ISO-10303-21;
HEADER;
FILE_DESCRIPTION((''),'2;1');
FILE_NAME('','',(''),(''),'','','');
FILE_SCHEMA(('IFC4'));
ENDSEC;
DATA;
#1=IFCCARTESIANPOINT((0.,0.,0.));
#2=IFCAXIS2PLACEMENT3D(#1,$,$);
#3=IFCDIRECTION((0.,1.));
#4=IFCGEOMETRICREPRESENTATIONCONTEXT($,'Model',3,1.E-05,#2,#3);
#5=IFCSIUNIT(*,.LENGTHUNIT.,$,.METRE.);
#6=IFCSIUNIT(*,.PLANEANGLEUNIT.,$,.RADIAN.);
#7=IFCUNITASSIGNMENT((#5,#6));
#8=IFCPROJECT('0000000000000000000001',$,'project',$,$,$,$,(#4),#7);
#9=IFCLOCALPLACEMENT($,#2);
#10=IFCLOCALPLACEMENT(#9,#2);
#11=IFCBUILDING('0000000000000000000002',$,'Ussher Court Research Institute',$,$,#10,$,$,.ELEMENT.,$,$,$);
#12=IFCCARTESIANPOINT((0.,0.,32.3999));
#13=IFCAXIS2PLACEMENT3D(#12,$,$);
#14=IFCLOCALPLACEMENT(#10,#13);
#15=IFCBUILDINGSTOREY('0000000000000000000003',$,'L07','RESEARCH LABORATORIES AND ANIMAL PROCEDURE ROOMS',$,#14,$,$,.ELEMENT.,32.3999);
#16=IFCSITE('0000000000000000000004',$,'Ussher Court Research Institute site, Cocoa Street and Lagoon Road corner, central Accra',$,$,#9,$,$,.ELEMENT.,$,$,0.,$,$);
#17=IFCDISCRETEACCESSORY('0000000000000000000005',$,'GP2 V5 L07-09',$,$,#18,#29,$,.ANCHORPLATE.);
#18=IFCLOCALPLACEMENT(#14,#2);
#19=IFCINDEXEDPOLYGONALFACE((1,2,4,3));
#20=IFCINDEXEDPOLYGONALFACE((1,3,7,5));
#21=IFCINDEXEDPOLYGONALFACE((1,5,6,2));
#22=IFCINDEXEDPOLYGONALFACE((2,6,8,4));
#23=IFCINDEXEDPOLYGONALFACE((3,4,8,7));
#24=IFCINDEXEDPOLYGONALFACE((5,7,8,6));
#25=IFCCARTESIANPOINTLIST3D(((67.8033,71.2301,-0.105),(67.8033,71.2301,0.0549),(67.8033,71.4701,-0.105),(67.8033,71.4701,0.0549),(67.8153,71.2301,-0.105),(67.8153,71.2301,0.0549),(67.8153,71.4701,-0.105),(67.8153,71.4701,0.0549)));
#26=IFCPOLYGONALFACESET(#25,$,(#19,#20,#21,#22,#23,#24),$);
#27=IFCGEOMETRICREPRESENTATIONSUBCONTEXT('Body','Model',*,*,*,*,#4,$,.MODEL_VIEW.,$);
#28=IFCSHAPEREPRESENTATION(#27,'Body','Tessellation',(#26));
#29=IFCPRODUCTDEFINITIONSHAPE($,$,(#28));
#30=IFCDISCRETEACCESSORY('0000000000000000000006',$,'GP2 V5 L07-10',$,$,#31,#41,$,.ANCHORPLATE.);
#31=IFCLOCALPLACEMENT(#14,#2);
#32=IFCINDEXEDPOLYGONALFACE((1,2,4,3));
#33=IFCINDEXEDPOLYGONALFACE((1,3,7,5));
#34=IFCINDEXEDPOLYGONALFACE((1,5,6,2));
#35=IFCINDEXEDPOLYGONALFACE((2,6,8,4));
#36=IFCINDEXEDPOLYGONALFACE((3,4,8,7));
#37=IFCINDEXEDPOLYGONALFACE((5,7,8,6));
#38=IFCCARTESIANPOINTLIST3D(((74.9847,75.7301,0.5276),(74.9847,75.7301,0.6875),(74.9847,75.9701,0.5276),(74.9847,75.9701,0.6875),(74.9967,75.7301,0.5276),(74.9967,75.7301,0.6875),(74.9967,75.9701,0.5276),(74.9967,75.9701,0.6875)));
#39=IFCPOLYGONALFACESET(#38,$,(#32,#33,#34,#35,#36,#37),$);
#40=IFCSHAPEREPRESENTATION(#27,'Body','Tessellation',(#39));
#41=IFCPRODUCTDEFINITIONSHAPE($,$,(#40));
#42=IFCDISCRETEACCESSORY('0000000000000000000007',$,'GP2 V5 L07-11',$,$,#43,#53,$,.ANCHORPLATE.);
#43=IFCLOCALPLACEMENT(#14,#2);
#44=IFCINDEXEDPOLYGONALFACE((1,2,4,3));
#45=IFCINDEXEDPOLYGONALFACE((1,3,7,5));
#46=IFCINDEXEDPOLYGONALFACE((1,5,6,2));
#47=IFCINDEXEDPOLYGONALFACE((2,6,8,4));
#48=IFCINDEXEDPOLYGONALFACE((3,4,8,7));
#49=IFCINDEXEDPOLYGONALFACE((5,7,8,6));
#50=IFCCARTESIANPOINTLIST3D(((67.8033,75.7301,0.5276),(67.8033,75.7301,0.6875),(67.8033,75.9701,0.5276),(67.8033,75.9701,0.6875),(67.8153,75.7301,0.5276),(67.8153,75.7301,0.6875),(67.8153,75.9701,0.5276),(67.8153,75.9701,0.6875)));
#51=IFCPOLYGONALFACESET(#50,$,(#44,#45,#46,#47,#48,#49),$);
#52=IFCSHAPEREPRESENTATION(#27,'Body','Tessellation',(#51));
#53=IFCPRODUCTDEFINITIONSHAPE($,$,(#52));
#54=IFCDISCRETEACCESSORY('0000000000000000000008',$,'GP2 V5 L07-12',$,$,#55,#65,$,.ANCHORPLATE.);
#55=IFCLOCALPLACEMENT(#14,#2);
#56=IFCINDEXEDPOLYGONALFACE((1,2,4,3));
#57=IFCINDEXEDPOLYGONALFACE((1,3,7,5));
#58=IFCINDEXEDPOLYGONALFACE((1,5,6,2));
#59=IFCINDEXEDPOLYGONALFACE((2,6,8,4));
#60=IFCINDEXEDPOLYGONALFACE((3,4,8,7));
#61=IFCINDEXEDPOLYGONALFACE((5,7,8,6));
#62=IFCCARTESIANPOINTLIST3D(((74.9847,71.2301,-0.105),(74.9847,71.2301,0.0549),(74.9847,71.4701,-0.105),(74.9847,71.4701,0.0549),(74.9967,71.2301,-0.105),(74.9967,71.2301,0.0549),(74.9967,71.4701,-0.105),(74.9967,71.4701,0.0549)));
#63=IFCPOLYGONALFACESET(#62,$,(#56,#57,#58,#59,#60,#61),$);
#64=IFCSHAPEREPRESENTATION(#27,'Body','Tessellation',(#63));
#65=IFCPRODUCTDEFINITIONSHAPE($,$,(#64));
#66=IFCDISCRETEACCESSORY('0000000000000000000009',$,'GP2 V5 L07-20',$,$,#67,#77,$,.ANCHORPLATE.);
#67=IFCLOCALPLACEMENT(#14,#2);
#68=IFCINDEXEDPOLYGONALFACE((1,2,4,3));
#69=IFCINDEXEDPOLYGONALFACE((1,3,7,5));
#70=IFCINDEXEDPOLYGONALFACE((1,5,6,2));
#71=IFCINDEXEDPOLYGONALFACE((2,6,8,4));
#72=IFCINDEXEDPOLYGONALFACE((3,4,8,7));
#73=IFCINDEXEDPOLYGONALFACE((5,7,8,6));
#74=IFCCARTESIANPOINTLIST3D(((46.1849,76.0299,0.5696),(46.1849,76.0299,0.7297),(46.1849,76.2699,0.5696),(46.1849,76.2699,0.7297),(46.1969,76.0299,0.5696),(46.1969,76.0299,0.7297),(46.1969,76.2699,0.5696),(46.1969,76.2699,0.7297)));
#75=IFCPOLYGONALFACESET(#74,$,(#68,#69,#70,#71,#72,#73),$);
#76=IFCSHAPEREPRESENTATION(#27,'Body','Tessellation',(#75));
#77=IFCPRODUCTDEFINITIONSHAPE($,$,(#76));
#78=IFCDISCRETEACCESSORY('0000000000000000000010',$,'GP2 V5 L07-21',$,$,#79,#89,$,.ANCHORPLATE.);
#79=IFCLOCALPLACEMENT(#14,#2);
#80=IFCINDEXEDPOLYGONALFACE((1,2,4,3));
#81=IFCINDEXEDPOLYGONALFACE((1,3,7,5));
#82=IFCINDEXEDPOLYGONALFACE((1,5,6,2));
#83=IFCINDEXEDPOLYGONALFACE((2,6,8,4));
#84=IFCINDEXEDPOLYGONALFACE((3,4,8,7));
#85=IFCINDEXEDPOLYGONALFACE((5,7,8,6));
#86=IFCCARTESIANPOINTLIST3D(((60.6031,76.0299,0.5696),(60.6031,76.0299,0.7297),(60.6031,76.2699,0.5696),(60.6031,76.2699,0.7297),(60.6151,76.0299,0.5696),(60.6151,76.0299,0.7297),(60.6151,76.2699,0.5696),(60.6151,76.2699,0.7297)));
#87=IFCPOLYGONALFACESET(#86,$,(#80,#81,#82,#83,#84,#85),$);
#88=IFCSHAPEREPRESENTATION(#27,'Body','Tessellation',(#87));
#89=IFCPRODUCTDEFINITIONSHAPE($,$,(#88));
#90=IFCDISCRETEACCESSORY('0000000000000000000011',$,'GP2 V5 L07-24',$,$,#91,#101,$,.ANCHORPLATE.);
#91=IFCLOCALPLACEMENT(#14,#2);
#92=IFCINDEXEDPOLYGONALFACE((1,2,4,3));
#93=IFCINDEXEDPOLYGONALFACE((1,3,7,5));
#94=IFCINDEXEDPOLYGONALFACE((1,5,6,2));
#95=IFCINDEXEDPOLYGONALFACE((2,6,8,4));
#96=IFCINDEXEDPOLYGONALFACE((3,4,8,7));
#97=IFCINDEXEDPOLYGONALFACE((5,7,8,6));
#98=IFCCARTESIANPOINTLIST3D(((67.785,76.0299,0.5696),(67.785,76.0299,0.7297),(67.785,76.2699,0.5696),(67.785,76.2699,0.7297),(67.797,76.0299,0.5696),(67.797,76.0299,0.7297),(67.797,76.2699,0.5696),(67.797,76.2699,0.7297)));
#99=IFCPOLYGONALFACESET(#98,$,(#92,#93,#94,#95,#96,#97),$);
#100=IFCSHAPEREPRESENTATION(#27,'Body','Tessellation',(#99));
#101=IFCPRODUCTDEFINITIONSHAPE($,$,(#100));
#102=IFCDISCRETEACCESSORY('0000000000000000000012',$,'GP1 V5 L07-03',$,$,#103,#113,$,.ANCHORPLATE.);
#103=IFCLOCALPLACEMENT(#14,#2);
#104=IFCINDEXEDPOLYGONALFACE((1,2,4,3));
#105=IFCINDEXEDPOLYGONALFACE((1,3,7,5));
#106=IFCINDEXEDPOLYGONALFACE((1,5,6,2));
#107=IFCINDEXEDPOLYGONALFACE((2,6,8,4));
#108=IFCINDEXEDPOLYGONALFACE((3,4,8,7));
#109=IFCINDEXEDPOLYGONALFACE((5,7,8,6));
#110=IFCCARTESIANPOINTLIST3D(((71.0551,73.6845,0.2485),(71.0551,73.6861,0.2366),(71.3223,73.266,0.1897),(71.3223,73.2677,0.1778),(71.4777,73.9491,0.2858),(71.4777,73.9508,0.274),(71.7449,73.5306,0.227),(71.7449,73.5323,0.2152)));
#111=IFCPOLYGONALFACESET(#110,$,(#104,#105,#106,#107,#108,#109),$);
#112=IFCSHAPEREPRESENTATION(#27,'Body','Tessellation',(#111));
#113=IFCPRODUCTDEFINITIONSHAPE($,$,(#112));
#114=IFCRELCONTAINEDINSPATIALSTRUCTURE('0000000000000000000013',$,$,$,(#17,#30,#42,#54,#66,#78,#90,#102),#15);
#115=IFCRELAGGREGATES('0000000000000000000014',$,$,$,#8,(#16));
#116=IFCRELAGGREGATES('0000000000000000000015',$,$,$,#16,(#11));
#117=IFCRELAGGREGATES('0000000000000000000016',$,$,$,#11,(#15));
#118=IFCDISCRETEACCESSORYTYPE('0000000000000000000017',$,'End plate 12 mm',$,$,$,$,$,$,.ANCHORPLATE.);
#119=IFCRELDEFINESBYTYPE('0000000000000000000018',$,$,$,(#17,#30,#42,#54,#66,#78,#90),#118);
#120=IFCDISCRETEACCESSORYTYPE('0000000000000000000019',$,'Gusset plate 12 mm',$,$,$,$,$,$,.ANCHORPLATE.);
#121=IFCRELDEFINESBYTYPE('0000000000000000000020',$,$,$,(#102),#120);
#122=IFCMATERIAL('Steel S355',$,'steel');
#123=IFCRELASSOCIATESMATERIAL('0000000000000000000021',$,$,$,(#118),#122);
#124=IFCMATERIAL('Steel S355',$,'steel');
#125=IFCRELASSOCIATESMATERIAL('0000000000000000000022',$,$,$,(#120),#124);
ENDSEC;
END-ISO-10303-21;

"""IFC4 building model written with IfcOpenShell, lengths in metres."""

from ifc_helpers import new_model, si_unit, direction, frame, origin, origin_2d, place, context, subcontext, project, spatial, rectangle, extrude, material, material_profile, profile_set, type_object, element, save


model = new_model("IFC4")

# Units and contexts
model_context = context("Model", 3, precision=1e-05, world=origin(), true_north=direction((0.0, 1.0)))
body_context = subcontext(model_context, "Body", "Model", "MODEL_VIEW")
ifc_project = project(units=[si_unit("LENGTHUNIT", "METRE"), si_unit("PLANEANGLEUNIT", "RADIAN")], contexts=[model_context])

# Site, building, storey
site_placement = place(None, origin())
site = spatial("IfcSite", under=ifc_project, at=site_placement, Name="Ussher Court Research Institute site, Cocoa Street and Lagoon Road corner, central Accra", CompositionType="ELEMENT", RefElevation=0.0)
building_placement = place(site_placement, origin())
building = spatial("IfcBuilding", under=site, at=building_placement, Name="Ussher Court Research Institute", CompositionType="ELEMENT")
storey_placement = place(building_placement, frame((0.0, 0.0, 32.3999)))
storey = spatial("IfcBuildingStorey", under=building, at=storey_placement, Name="L07", Description="RESEARCH LABORATORIES AND ANIMAL PROCEDURE ROOMS", CompositionType="ELEMENT", Elevation=32.3999)

# Discrete accessories
ifc_material_1 = material(Name="Steel S355", Category="steel")
ifc_material_profile_1 = material_profile(ifc_material_1, rectangle(XDim=0.012, YDim=0.24, at=origin_2d()), Name="PL 12x240")
ifc_profile_set_1 = profile_set([ifc_material_profile_1], Name="Steel S355")
discrete_accessory_type_1 = type_object("IfcDiscreteAccessoryType", Name="End plate 12 mm", PredefinedType="ANCHORPLATE", material=ifc_profile_set_1)
for number, where, z_axis, x_axis, name in (
    (1, (67.8093, 71.3501, -0.105), (0.0, 0.0, 1.0), (1.0, 0.0, 0.0), "GP2 V5 L07-09"),
    (2, (74.9907, 75.8501, 0.5276), (0.0, 0.0, 1.0), (1.0, 0.0, 0.0), "GP2 V5 L07-10"),
    (3, (67.8093, 75.8501, 0.5276), (0.0, 0.0, 1.0), (1.0, 0.0, 0.0), "GP2 V5 L07-11"),
    (4, (74.9907, 71.3501, -0.105), (0.0, 0.0, 1.0), (1.0, 0.0, 0.0), "GP2 V5 L07-12"),
):
    element("IfcDiscreteAccessory", number, at=place(storey_placement, frame(where, z_axis=z_axis, x_axis=x_axis)), inside=storey, type_object=discrete_accessory_type_1, Name=name, PredefinedType="ANCHORPLATE", context=body_context, shape_type="SweptSolid", body=[
        extrude(rectangle(XDim=0.012, YDim=0.24, at=origin_2d()), origin(), (0.0, 0.0, 1.0), 0.1599),
    ])
for number, where, z_axis, x_axis, name in (
    (5, (46.1909, 76.1499, 0.5696), (0.0, 0.0, 1.0), (1.0, 0.0, 0.0), "GP2 V5 L07-20"),
    (6, (60.6091, 76.1499, 0.5696), (0.0, 0.0, 1.0), (1.0, 0.0, 0.0), "GP2 V5 L07-21"),
    (7, (67.791, 76.1499, 0.5696), (0.0, 0.0, 1.0), (1.0, 0.0, 0.0), "GP2 V5 L07-24"),
):
    element("IfcDiscreteAccessory", number, at=place(storey_placement, frame(where, z_axis=z_axis, x_axis=x_axis)), inside=storey, type_object=discrete_accessory_type_1, Name=name, PredefinedType="ANCHORPLATE", context=body_context, shape_type="SweptSolid", body=[
        extrude(rectangle(XDim=0.012, YDim=0.24, at=origin_2d()), origin(), (0.0, 0.0, 1.0), 0.1602),
    ])
ifc_material_2 = material(Name="Steel S355", Category="steel")
ifc_material_profile_2 = material_profile(ifc_material_2, rectangle(XDim=0.5, YDim=0.012, at=origin_2d()), Name="PL 500x12")
ifc_profile_set_2 = profile_set([ifc_material_profile_2], Name="Steel S355")
discrete_accessory_type_2 = type_object("IfcDiscreteAccessoryType", Name="Gusset plate 12 mm", PredefinedType="ANCHORPLATE", material=ifc_profile_set_2)
discrete_accessory_placement = place(storey_placement, frame((71.1887, 73.4761, 0.2131), z_axis=(0.845162, 0.529264, 0.074702), x_axis=(0.53451, -0.83694, -0.117603)))
element("IfcDiscreteAccessory", 8, at=discrete_accessory_placement, inside=storey, type_object=discrete_accessory_type_2, Name="GP1 V5 L07-03", PredefinedType="ANCHORPLATE", context=body_context, shape_type="SweptSolid", body=[
    extrude(rectangle(XDim=0.5, YDim=0.012, at=origin_2d()), origin(), (0.0, 0.0, 1.0), 0.5),
])

save(model, "model.ifc")
